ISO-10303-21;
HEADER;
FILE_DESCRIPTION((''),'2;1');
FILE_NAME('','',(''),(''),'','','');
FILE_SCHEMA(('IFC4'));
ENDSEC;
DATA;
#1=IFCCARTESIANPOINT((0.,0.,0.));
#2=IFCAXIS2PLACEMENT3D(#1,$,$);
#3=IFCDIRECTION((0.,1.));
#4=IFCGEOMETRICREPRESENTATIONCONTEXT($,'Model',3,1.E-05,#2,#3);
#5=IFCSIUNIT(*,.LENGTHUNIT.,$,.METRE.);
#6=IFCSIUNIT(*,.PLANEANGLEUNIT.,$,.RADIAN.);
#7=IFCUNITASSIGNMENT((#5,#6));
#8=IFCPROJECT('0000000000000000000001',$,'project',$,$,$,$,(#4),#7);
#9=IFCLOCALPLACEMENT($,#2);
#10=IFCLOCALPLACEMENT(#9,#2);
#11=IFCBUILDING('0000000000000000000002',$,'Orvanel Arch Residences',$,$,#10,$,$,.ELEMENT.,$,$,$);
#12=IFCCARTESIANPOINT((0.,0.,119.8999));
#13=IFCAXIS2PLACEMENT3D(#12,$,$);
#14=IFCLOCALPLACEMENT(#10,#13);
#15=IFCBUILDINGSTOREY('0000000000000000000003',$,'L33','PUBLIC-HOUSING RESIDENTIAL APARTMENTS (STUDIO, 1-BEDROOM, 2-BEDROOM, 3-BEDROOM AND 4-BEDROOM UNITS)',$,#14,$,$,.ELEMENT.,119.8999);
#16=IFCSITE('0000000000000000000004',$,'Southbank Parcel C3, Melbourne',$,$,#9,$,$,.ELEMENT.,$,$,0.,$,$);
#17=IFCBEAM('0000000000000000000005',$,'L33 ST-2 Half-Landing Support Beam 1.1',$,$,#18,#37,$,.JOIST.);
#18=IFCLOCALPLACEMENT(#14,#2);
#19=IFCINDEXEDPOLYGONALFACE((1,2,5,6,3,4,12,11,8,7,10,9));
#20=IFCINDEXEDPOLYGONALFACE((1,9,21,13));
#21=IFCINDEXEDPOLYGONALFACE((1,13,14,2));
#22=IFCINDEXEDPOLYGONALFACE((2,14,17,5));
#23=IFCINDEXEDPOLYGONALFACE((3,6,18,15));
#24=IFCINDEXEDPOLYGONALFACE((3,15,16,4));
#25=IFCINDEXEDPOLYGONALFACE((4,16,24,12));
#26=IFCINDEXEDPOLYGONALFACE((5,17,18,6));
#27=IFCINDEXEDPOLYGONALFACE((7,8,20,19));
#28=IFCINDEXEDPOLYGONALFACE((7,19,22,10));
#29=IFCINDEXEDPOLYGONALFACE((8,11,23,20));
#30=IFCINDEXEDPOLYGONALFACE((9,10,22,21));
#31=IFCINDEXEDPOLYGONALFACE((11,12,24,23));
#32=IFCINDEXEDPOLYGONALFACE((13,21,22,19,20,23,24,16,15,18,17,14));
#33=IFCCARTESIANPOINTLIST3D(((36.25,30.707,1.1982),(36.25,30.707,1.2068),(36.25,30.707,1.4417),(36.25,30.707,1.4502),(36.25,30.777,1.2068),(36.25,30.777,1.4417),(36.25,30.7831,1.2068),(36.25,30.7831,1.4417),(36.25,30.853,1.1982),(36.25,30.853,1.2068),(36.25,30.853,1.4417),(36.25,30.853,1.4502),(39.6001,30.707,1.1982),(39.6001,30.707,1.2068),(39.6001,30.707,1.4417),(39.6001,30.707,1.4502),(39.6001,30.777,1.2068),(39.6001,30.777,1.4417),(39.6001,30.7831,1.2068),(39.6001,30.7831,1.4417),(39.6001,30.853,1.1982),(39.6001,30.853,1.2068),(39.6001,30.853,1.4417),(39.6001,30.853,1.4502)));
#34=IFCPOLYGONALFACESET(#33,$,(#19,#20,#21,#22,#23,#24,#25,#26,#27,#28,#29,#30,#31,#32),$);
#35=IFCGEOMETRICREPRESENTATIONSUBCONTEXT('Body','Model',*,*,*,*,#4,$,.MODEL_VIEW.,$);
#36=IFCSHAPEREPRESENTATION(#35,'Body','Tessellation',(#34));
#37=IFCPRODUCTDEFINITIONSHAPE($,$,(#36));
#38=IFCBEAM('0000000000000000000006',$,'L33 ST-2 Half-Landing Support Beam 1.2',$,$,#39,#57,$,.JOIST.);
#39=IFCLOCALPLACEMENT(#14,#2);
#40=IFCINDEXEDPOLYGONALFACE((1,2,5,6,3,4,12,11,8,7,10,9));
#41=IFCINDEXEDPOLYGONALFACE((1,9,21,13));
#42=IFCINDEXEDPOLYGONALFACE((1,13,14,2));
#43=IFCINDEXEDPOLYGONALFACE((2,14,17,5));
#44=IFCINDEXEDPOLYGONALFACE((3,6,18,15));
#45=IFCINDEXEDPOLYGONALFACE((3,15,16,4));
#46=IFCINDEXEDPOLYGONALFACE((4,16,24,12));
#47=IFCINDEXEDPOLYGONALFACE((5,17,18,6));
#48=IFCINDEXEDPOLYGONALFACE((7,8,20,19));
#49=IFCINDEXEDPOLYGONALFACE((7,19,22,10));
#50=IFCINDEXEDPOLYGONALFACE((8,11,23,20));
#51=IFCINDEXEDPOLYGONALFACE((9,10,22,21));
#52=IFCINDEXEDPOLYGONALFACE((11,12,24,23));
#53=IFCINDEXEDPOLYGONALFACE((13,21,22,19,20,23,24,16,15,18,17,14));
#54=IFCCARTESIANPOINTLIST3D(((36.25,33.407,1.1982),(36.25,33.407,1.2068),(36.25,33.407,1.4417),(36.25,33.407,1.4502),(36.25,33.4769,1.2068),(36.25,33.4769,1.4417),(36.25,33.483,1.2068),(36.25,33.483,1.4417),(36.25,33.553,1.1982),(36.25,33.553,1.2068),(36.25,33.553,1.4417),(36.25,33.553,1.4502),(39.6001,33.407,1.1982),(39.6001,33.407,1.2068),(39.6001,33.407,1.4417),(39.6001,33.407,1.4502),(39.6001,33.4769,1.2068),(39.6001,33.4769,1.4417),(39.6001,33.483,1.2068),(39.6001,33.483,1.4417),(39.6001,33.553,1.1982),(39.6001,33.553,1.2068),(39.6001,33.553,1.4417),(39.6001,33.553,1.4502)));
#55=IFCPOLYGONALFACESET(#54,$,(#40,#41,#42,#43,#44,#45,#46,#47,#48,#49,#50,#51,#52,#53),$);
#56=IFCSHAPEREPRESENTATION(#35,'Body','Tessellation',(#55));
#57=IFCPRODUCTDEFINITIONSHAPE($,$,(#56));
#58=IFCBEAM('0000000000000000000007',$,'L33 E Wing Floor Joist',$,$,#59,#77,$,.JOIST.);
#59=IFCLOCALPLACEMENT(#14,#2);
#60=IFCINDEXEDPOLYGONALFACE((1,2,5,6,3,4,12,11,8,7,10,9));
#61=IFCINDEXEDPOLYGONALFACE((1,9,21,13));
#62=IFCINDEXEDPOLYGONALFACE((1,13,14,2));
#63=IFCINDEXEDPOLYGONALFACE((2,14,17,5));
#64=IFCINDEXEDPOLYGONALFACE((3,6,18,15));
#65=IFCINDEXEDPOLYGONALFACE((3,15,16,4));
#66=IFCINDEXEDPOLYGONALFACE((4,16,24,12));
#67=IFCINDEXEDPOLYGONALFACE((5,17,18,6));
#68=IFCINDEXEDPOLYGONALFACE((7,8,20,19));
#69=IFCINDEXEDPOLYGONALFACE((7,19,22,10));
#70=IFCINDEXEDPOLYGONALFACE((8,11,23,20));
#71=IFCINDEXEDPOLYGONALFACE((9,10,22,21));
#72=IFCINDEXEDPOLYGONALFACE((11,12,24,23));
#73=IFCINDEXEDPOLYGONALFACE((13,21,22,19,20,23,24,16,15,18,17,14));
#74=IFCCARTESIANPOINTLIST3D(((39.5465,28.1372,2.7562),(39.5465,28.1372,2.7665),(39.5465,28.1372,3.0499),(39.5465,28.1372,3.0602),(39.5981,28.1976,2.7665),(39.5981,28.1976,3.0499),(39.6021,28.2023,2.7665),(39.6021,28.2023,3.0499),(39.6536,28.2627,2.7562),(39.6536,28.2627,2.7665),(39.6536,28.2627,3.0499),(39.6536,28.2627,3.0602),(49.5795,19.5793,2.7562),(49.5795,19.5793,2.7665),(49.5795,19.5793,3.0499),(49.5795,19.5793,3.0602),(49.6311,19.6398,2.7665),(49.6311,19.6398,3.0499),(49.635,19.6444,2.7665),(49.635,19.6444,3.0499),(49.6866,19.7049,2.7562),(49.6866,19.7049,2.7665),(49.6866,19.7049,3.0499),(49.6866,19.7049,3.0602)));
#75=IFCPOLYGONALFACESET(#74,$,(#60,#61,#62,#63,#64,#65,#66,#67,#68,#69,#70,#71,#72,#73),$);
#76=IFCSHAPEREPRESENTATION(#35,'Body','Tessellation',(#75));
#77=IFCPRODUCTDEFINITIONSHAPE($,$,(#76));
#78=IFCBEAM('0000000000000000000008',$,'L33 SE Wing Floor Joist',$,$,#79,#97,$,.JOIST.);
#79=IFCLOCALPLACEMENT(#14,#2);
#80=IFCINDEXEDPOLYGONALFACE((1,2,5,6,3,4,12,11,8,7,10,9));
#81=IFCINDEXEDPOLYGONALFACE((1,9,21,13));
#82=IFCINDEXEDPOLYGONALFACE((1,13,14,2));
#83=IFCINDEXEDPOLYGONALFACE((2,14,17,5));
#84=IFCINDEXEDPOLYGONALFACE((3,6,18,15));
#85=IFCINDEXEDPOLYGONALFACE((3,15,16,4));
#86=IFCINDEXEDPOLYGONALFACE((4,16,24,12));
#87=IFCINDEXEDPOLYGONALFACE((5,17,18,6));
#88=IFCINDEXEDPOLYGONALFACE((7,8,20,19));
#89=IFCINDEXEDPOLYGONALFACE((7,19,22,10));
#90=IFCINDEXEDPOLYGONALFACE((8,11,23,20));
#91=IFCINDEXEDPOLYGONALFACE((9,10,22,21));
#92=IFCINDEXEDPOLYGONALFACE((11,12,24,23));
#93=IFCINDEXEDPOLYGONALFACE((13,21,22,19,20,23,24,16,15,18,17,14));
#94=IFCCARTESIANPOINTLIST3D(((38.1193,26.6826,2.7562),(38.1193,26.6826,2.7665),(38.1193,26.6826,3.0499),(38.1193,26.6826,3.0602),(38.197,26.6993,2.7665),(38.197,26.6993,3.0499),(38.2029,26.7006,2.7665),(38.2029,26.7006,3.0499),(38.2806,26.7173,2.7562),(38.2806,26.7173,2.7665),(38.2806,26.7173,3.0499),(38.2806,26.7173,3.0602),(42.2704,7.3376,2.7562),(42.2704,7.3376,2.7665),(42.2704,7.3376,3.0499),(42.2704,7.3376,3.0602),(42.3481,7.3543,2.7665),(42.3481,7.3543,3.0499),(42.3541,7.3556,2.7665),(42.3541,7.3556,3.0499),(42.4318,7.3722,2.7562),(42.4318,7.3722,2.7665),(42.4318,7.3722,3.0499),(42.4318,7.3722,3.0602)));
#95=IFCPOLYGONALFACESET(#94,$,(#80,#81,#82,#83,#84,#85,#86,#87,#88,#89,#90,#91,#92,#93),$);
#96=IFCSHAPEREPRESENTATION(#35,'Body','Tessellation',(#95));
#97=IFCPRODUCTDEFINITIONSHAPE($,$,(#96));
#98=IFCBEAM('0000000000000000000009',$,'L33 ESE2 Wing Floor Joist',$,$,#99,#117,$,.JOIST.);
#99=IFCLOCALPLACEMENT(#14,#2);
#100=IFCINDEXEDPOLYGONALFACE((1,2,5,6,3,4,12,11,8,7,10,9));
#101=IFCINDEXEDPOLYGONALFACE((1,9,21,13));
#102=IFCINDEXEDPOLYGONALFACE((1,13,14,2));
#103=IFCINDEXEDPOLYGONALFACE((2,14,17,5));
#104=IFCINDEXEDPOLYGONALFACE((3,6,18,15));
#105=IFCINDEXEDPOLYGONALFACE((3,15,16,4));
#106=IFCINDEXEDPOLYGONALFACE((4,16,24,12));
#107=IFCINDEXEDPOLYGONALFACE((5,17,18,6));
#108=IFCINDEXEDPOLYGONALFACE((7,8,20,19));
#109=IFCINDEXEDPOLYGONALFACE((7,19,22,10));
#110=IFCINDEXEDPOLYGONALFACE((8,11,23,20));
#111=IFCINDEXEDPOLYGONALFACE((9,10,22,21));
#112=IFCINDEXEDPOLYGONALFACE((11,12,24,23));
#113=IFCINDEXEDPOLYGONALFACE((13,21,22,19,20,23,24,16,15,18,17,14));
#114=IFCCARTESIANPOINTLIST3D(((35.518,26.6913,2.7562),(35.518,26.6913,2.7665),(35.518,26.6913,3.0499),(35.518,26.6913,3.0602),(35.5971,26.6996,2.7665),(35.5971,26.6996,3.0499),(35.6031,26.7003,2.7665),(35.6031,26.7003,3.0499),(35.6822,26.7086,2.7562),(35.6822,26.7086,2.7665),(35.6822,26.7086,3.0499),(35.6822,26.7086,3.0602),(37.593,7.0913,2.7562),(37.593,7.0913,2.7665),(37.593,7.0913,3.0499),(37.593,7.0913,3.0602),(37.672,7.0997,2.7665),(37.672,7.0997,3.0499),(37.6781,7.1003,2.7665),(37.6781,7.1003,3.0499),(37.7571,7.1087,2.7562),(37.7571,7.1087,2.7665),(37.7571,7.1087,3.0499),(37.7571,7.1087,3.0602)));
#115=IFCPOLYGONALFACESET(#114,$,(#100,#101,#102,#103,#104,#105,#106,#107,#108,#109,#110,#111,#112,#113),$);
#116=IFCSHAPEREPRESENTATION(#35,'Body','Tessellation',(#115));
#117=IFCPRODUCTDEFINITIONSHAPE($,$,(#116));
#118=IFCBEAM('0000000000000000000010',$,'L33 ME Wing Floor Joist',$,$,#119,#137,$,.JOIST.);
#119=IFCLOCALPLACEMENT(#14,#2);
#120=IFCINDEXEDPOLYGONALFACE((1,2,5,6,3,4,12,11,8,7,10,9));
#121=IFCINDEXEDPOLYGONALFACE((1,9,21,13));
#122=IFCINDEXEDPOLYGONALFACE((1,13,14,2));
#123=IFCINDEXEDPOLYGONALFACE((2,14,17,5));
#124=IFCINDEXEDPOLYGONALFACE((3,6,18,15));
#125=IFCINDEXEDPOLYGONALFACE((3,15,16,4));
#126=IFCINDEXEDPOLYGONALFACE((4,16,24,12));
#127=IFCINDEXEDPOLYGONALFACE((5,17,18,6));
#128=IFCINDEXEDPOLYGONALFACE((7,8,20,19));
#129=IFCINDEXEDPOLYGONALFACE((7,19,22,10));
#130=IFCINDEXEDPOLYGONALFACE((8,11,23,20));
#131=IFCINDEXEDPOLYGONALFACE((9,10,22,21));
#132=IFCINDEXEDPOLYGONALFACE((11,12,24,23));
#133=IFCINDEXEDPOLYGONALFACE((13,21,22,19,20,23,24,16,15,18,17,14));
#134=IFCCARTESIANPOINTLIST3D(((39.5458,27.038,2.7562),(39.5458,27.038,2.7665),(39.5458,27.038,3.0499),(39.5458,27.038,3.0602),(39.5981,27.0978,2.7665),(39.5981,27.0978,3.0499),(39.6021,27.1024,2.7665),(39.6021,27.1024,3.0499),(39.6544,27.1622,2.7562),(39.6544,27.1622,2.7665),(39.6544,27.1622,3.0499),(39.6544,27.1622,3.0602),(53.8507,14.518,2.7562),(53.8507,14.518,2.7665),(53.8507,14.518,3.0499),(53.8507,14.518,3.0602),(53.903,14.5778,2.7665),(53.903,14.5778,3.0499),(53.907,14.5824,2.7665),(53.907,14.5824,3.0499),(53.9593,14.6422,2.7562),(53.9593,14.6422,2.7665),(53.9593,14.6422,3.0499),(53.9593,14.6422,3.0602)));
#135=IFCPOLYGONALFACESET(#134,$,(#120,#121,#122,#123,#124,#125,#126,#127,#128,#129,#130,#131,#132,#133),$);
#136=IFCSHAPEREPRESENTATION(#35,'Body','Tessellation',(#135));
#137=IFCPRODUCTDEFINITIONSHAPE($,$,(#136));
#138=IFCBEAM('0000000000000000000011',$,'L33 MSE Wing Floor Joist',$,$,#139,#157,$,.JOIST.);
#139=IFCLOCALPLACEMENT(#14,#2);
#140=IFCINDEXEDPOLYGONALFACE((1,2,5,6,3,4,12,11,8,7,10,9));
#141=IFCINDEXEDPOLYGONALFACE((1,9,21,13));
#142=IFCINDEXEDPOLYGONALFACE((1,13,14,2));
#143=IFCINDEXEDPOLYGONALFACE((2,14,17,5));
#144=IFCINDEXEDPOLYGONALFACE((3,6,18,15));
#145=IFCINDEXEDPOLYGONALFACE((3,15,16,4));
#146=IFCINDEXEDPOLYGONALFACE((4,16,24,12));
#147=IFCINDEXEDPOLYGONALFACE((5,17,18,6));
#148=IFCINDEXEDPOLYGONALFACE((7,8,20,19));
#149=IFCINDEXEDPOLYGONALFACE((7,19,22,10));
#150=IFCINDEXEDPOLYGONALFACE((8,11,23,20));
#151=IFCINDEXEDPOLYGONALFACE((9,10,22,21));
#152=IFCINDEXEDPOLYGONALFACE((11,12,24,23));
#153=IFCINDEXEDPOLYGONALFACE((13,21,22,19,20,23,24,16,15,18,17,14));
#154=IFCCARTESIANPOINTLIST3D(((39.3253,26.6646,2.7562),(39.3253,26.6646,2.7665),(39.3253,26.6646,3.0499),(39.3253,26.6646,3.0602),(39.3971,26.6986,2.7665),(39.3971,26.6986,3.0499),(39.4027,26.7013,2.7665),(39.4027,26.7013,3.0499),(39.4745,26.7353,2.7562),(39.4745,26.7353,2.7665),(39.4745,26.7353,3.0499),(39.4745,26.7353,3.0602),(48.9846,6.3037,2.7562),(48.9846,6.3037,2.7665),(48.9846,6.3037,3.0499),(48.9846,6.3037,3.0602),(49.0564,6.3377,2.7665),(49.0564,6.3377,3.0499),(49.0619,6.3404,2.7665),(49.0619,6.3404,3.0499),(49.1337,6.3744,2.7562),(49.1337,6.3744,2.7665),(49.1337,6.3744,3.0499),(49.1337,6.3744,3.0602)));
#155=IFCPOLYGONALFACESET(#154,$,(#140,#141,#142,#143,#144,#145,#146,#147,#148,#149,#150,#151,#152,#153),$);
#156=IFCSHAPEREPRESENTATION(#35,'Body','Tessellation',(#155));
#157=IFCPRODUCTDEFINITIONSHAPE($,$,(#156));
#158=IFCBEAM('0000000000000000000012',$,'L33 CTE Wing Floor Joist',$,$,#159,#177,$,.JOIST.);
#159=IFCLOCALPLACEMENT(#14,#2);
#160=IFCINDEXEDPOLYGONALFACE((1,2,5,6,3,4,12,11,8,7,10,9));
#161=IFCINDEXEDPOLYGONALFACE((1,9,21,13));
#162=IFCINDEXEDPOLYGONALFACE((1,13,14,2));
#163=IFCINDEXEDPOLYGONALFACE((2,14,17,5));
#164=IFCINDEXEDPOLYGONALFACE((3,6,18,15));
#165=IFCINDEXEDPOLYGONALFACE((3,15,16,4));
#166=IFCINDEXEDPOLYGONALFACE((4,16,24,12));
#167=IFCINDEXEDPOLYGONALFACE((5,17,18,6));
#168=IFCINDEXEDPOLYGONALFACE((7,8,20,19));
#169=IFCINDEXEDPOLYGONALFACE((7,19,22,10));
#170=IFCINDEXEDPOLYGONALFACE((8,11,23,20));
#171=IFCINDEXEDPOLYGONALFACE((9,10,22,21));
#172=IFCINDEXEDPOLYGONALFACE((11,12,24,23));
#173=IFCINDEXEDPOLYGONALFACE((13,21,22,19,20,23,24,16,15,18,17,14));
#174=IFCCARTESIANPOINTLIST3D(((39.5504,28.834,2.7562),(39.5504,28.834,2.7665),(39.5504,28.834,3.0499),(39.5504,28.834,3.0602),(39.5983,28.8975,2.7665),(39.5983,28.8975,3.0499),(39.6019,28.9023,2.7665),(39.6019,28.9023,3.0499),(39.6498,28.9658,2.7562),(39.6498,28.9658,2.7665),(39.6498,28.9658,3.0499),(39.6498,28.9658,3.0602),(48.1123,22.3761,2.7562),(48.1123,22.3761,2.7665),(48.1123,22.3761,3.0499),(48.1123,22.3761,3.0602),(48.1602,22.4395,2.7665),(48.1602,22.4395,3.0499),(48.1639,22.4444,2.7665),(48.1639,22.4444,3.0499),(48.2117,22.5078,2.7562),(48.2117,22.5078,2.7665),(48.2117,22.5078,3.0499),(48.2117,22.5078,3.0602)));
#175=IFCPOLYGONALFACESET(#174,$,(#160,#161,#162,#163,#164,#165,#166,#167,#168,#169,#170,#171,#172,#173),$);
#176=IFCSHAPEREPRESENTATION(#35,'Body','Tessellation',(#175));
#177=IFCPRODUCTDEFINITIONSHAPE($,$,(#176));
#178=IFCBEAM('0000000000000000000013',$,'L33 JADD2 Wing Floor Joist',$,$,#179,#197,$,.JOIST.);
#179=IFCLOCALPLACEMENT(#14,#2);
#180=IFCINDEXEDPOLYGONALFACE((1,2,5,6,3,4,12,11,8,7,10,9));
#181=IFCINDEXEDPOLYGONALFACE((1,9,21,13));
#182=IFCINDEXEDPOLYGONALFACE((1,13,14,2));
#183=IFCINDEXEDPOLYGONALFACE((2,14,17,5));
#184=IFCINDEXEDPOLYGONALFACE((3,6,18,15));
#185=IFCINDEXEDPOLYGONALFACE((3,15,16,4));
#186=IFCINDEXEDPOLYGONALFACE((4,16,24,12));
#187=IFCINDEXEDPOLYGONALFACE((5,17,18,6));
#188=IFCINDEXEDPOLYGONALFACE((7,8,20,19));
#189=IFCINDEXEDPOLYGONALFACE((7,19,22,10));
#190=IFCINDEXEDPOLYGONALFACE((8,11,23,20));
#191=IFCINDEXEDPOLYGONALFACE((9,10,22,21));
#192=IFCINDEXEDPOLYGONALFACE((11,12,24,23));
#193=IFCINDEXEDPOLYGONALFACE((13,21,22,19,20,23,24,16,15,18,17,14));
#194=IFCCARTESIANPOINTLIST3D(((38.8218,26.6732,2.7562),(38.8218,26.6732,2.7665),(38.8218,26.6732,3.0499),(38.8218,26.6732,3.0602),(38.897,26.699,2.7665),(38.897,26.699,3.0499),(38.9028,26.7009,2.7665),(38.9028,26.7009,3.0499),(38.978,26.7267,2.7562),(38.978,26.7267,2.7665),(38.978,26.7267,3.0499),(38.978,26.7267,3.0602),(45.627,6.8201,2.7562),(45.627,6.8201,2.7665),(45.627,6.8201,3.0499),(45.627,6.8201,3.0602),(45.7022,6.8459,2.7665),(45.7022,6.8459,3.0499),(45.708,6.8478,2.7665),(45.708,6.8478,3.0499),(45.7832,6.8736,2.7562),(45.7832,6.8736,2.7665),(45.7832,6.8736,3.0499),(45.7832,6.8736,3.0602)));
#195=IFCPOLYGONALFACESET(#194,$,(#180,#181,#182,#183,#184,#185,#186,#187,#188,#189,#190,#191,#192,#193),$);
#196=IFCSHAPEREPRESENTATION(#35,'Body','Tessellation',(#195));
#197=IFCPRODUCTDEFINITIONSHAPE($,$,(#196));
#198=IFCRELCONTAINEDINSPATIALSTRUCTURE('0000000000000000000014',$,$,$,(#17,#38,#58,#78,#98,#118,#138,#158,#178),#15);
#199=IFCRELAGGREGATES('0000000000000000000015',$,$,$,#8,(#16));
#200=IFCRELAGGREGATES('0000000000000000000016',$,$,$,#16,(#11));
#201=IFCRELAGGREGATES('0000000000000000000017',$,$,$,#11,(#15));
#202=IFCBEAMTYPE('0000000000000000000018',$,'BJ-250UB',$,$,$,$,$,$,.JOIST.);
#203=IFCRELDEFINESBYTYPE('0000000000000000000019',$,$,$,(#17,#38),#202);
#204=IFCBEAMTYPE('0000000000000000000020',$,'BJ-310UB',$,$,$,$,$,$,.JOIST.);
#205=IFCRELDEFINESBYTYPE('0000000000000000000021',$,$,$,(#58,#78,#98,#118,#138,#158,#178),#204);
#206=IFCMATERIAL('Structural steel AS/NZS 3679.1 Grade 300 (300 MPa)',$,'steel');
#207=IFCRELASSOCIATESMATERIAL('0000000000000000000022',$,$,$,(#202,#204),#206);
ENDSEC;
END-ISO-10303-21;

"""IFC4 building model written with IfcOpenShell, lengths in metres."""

from ifc_helpers import new_model, si_unit, direction, frame, origin, origin_2d, place, context, subcontext, project, spatial, i_section, extrude, material, material_profile, profile_set, type_object, element, save


model = new_model("IFC4")

# Units and contexts
model_context = context("Model", 3, precision=1e-05, world=origin(), true_north=direction((0.0, 1.0)))
body_context = subcontext(model_context, "Body", "Model", "MODEL_VIEW")
ifc_project = project(units=[si_unit("LENGTHUNIT", "METRE"), si_unit("PLANEANGLEUNIT", "RADIAN")], contexts=[model_context])

# Site, building, storey
site_placement = place(None, origin())
site = spatial("IfcSite", under=ifc_project, at=site_placement, Name="Southbank Parcel C3, Melbourne", CompositionType="ELEMENT", RefElevation=0.0)
building_placement = place(site_placement, origin())
building = spatial("IfcBuilding", under=site, at=building_placement, Name="Orvanel Arch Residences", CompositionType="ELEMENT")
storey_placement = place(building_placement, frame((0.0, 0.0, 119.8999)))
storey = spatial("IfcBuildingStorey", under=building, at=storey_placement, Name="L33", Description="PUBLIC-HOUSING RESIDENTIAL APARTMENTS (STUDIO, 1-BEDROOM, 2-BEDROOM, 3-BEDROOM AND 4-BEDROOM UNITS)", CompositionType="ELEMENT", Elevation=119.8999)

# Beams
ifc_material_1 = material(Name="Structural steel AS/NZS 3679.1 Grade 300 (300 MPa)", Category="steel")
ifc_material_profile_1 = material_profile(ifc_material_1, i_section(OverallWidth=0.146, OverallDepth=0.252, WebThickness=0.0061, FlangeThickness=0.0085, at=origin_2d()), Name="250UB31.4")
ifc_profile_set_1 = profile_set([ifc_material_profile_1], Name="Structural steel AS/NZS 3679.1 Grade 300 (300 MPa)")
beam_type_1 = type_object("IfcBeamType", Name="BJ-250UB", PredefinedType="JOIST", material=ifc_profile_set_1)
for number, where, z_axis, x_axis, name in (
    (1, (36.25, 30.78, 1.3242), (1.0, 0.0, 0.0), (0.0, 1.0, 0.0), "L33 ST-2 Half-Landing Support Beam 1.1"),
    (2, (36.25, 33.48, 1.3242), (1.0, 0.0, 0.0), (0.0, 1.0, 0.0), "L33 ST-2 Half-Landing Support Beam 1.2"),
):
    element("IfcBeam", number, at=place(storey_placement, frame(where, z_axis=z_axis, x_axis=x_axis)), inside=storey, type_object=beam_type_1, Name=name, PredefinedType="JOIST", context=body_context, shape_type="SweptSolid", body=[
        extrude(i_section(OverallWidth=0.146, OverallDepth=0.252, WebThickness=0.0061, FlangeThickness=0.0085, at=origin_2d()), origin(), (0.0, 0.0, 1.0), 3.3501),
    ])
ifc_material_profile_2 = material_profile(ifc_material_1, i_section(OverallWidth=0.165, OverallDepth=0.304, WebThickness=0.0061, FlangeThickness=0.0103, at=origin_2d()), Name="310UB40.4")
ifc_profile_set_2 = profile_set([ifc_material_profile_2], Name="Structural steel AS/NZS 3679.1 Grade 300 (300 MPa)")
beam_type_2 = type_object("IfcBeamType", Name="BJ-310UB", PredefinedType="JOIST", material=ifc_profile_set_2)
beam_1_placement = place(storey_placement, frame((39.6001, 28.2, 2.9082), z_axis=(0.760821, -0.648961, 0.0), x_axis=(0.648961, 0.760821, 0.0)))
element("IfcBeam", 3, at=beam_1_placement, inside=storey, type_object=beam_type_2, Name="L33 E Wing Floor Joist", PredefinedType="JOIST", context=body_context, shape_type="SweptSolid", body=[
    extrude(i_section(OverallWidth=0.165, OverallDepth=0.304, WebThickness=0.0061, FlangeThickness=0.0103, at=origin_2d()), origin(), (0.0, 0.0, 1.0), 13.187),
])
beam_2_placement = place(storey_placement, frame((38.2, 26.7, 2.9082), z_axis=(0.209808, -0.977743, 0.0), x_axis=(0.977743, 0.209808, 0.0)))
element("IfcBeam", 4, at=beam_2_placement, inside=storey, type_object=beam_type_2, Name="L33 SE Wing Floor Joist", PredefinedType="JOIST", context=body_context, shape_type="SweptSolid", body=[
    extrude(i_section(OverallWidth=0.165, OverallDepth=0.304, WebThickness=0.0061, FlangeThickness=0.0103, at=origin_2d()), origin(), (0.0, 0.0, 1.0), 19.7854),
])
beam_3_placement = place(storey_placement, frame((35.6001, 26.7, 2.9082), z_axis=(0.105277, -0.994443, 0.0), x_axis=(0.994443, 0.105277, 0.0)))
element("IfcBeam", 5, at=beam_3_placement, inside=storey, type_object=beam_type_2, Name="L33 ESE2 Wing Floor Joist", PredefinedType="JOIST", context=body_context, shape_type="SweptSolid", body=[
    extrude(i_section(OverallWidth=0.165, OverallDepth=0.304, WebThickness=0.0061, FlangeThickness=0.0103, at=origin_2d()), origin(), (0.0, 0.0, 1.0), 19.7095),
])
beam_4_placement = place(storey_placement, frame((39.6001, 27.1001, 2.9082), z_axis=(0.752493, -0.6586, 0.0), x_axis=(0.6586, 0.752493, 0.0)))
element("IfcBeam", 6, at=beam_4_placement, inside=storey, type_object=beam_type_2, Name="L33 ME Wing Floor Joist", PredefinedType="JOIST", context=body_context, shape_type="SweptSolid", body=[
    extrude(i_section(OverallWidth=0.165, OverallDepth=0.304, WebThickness=0.0061, FlangeThickness=0.0103, at=origin_2d()), origin(), (0.0, 0.0, 1.0), 19.01),
])
beam_5_placement = place(storey_placement, frame((39.3999, 26.7, 2.9082), z_axis=(0.428614, -0.903488, 0.0), x_axis=(0.903488, 0.428614, 0.0)))
element("IfcBeam", 7, at=beam_5_placement, inside=storey, type_object=beam_type_2, Name="L33 MSE Wing Floor Joist", PredefinedType="JOIST", context=body_context, shape_type="SweptSolid", body=[
    extrude(i_section(OverallWidth=0.165, OverallDepth=0.304, WebThickness=0.0061, FlangeThickness=0.0103, at=origin_2d()), origin(), (0.0, 0.0, 1.0), 22.5359),
])
beam_6_placement = place(storey_placement, frame((39.6001, 28.8999, 2.9082), z_axis=(0.798363, -0.602176, 0.0), x_axis=(0.602176, 0.798363, 0.0)))
element("IfcBeam", 8, at=beam_6_placement, inside=storey, type_object=beam_type_2, Name="L33 CTE Wing Floor Joist", PredefinedType="JOIST", context=body_context, shape_type="SweptSolid", body=[
    extrude(i_section(OverallWidth=0.165, OverallDepth=0.304, WebThickness=0.0061, FlangeThickness=0.0103, at=origin_2d()), origin(), (0.0, 0.0, 1.0), 10.7244),
])
beam_7_placement = place(storey_placement, frame((38.8999, 26.7, 2.9082), z_axis=(0.324257, -0.945969, 0.0), x_axis=(0.945969, 0.324257, 0.0)))
element("IfcBeam", 9, at=beam_7_placement, inside=storey, type_object=beam_type_2, Name="L33 JADD2 Wing Floor Joist", PredefinedType="JOIST", context=body_context, shape_type="SweptSolid", body=[
    extrude(i_section(OverallWidth=0.165, OverallDepth=0.304, WebThickness=0.0061, FlangeThickness=0.0103, at=origin_2d()), origin(), (0.0, 0.0, 1.0), 20.9871),
])

save(model, "model.ifc")
